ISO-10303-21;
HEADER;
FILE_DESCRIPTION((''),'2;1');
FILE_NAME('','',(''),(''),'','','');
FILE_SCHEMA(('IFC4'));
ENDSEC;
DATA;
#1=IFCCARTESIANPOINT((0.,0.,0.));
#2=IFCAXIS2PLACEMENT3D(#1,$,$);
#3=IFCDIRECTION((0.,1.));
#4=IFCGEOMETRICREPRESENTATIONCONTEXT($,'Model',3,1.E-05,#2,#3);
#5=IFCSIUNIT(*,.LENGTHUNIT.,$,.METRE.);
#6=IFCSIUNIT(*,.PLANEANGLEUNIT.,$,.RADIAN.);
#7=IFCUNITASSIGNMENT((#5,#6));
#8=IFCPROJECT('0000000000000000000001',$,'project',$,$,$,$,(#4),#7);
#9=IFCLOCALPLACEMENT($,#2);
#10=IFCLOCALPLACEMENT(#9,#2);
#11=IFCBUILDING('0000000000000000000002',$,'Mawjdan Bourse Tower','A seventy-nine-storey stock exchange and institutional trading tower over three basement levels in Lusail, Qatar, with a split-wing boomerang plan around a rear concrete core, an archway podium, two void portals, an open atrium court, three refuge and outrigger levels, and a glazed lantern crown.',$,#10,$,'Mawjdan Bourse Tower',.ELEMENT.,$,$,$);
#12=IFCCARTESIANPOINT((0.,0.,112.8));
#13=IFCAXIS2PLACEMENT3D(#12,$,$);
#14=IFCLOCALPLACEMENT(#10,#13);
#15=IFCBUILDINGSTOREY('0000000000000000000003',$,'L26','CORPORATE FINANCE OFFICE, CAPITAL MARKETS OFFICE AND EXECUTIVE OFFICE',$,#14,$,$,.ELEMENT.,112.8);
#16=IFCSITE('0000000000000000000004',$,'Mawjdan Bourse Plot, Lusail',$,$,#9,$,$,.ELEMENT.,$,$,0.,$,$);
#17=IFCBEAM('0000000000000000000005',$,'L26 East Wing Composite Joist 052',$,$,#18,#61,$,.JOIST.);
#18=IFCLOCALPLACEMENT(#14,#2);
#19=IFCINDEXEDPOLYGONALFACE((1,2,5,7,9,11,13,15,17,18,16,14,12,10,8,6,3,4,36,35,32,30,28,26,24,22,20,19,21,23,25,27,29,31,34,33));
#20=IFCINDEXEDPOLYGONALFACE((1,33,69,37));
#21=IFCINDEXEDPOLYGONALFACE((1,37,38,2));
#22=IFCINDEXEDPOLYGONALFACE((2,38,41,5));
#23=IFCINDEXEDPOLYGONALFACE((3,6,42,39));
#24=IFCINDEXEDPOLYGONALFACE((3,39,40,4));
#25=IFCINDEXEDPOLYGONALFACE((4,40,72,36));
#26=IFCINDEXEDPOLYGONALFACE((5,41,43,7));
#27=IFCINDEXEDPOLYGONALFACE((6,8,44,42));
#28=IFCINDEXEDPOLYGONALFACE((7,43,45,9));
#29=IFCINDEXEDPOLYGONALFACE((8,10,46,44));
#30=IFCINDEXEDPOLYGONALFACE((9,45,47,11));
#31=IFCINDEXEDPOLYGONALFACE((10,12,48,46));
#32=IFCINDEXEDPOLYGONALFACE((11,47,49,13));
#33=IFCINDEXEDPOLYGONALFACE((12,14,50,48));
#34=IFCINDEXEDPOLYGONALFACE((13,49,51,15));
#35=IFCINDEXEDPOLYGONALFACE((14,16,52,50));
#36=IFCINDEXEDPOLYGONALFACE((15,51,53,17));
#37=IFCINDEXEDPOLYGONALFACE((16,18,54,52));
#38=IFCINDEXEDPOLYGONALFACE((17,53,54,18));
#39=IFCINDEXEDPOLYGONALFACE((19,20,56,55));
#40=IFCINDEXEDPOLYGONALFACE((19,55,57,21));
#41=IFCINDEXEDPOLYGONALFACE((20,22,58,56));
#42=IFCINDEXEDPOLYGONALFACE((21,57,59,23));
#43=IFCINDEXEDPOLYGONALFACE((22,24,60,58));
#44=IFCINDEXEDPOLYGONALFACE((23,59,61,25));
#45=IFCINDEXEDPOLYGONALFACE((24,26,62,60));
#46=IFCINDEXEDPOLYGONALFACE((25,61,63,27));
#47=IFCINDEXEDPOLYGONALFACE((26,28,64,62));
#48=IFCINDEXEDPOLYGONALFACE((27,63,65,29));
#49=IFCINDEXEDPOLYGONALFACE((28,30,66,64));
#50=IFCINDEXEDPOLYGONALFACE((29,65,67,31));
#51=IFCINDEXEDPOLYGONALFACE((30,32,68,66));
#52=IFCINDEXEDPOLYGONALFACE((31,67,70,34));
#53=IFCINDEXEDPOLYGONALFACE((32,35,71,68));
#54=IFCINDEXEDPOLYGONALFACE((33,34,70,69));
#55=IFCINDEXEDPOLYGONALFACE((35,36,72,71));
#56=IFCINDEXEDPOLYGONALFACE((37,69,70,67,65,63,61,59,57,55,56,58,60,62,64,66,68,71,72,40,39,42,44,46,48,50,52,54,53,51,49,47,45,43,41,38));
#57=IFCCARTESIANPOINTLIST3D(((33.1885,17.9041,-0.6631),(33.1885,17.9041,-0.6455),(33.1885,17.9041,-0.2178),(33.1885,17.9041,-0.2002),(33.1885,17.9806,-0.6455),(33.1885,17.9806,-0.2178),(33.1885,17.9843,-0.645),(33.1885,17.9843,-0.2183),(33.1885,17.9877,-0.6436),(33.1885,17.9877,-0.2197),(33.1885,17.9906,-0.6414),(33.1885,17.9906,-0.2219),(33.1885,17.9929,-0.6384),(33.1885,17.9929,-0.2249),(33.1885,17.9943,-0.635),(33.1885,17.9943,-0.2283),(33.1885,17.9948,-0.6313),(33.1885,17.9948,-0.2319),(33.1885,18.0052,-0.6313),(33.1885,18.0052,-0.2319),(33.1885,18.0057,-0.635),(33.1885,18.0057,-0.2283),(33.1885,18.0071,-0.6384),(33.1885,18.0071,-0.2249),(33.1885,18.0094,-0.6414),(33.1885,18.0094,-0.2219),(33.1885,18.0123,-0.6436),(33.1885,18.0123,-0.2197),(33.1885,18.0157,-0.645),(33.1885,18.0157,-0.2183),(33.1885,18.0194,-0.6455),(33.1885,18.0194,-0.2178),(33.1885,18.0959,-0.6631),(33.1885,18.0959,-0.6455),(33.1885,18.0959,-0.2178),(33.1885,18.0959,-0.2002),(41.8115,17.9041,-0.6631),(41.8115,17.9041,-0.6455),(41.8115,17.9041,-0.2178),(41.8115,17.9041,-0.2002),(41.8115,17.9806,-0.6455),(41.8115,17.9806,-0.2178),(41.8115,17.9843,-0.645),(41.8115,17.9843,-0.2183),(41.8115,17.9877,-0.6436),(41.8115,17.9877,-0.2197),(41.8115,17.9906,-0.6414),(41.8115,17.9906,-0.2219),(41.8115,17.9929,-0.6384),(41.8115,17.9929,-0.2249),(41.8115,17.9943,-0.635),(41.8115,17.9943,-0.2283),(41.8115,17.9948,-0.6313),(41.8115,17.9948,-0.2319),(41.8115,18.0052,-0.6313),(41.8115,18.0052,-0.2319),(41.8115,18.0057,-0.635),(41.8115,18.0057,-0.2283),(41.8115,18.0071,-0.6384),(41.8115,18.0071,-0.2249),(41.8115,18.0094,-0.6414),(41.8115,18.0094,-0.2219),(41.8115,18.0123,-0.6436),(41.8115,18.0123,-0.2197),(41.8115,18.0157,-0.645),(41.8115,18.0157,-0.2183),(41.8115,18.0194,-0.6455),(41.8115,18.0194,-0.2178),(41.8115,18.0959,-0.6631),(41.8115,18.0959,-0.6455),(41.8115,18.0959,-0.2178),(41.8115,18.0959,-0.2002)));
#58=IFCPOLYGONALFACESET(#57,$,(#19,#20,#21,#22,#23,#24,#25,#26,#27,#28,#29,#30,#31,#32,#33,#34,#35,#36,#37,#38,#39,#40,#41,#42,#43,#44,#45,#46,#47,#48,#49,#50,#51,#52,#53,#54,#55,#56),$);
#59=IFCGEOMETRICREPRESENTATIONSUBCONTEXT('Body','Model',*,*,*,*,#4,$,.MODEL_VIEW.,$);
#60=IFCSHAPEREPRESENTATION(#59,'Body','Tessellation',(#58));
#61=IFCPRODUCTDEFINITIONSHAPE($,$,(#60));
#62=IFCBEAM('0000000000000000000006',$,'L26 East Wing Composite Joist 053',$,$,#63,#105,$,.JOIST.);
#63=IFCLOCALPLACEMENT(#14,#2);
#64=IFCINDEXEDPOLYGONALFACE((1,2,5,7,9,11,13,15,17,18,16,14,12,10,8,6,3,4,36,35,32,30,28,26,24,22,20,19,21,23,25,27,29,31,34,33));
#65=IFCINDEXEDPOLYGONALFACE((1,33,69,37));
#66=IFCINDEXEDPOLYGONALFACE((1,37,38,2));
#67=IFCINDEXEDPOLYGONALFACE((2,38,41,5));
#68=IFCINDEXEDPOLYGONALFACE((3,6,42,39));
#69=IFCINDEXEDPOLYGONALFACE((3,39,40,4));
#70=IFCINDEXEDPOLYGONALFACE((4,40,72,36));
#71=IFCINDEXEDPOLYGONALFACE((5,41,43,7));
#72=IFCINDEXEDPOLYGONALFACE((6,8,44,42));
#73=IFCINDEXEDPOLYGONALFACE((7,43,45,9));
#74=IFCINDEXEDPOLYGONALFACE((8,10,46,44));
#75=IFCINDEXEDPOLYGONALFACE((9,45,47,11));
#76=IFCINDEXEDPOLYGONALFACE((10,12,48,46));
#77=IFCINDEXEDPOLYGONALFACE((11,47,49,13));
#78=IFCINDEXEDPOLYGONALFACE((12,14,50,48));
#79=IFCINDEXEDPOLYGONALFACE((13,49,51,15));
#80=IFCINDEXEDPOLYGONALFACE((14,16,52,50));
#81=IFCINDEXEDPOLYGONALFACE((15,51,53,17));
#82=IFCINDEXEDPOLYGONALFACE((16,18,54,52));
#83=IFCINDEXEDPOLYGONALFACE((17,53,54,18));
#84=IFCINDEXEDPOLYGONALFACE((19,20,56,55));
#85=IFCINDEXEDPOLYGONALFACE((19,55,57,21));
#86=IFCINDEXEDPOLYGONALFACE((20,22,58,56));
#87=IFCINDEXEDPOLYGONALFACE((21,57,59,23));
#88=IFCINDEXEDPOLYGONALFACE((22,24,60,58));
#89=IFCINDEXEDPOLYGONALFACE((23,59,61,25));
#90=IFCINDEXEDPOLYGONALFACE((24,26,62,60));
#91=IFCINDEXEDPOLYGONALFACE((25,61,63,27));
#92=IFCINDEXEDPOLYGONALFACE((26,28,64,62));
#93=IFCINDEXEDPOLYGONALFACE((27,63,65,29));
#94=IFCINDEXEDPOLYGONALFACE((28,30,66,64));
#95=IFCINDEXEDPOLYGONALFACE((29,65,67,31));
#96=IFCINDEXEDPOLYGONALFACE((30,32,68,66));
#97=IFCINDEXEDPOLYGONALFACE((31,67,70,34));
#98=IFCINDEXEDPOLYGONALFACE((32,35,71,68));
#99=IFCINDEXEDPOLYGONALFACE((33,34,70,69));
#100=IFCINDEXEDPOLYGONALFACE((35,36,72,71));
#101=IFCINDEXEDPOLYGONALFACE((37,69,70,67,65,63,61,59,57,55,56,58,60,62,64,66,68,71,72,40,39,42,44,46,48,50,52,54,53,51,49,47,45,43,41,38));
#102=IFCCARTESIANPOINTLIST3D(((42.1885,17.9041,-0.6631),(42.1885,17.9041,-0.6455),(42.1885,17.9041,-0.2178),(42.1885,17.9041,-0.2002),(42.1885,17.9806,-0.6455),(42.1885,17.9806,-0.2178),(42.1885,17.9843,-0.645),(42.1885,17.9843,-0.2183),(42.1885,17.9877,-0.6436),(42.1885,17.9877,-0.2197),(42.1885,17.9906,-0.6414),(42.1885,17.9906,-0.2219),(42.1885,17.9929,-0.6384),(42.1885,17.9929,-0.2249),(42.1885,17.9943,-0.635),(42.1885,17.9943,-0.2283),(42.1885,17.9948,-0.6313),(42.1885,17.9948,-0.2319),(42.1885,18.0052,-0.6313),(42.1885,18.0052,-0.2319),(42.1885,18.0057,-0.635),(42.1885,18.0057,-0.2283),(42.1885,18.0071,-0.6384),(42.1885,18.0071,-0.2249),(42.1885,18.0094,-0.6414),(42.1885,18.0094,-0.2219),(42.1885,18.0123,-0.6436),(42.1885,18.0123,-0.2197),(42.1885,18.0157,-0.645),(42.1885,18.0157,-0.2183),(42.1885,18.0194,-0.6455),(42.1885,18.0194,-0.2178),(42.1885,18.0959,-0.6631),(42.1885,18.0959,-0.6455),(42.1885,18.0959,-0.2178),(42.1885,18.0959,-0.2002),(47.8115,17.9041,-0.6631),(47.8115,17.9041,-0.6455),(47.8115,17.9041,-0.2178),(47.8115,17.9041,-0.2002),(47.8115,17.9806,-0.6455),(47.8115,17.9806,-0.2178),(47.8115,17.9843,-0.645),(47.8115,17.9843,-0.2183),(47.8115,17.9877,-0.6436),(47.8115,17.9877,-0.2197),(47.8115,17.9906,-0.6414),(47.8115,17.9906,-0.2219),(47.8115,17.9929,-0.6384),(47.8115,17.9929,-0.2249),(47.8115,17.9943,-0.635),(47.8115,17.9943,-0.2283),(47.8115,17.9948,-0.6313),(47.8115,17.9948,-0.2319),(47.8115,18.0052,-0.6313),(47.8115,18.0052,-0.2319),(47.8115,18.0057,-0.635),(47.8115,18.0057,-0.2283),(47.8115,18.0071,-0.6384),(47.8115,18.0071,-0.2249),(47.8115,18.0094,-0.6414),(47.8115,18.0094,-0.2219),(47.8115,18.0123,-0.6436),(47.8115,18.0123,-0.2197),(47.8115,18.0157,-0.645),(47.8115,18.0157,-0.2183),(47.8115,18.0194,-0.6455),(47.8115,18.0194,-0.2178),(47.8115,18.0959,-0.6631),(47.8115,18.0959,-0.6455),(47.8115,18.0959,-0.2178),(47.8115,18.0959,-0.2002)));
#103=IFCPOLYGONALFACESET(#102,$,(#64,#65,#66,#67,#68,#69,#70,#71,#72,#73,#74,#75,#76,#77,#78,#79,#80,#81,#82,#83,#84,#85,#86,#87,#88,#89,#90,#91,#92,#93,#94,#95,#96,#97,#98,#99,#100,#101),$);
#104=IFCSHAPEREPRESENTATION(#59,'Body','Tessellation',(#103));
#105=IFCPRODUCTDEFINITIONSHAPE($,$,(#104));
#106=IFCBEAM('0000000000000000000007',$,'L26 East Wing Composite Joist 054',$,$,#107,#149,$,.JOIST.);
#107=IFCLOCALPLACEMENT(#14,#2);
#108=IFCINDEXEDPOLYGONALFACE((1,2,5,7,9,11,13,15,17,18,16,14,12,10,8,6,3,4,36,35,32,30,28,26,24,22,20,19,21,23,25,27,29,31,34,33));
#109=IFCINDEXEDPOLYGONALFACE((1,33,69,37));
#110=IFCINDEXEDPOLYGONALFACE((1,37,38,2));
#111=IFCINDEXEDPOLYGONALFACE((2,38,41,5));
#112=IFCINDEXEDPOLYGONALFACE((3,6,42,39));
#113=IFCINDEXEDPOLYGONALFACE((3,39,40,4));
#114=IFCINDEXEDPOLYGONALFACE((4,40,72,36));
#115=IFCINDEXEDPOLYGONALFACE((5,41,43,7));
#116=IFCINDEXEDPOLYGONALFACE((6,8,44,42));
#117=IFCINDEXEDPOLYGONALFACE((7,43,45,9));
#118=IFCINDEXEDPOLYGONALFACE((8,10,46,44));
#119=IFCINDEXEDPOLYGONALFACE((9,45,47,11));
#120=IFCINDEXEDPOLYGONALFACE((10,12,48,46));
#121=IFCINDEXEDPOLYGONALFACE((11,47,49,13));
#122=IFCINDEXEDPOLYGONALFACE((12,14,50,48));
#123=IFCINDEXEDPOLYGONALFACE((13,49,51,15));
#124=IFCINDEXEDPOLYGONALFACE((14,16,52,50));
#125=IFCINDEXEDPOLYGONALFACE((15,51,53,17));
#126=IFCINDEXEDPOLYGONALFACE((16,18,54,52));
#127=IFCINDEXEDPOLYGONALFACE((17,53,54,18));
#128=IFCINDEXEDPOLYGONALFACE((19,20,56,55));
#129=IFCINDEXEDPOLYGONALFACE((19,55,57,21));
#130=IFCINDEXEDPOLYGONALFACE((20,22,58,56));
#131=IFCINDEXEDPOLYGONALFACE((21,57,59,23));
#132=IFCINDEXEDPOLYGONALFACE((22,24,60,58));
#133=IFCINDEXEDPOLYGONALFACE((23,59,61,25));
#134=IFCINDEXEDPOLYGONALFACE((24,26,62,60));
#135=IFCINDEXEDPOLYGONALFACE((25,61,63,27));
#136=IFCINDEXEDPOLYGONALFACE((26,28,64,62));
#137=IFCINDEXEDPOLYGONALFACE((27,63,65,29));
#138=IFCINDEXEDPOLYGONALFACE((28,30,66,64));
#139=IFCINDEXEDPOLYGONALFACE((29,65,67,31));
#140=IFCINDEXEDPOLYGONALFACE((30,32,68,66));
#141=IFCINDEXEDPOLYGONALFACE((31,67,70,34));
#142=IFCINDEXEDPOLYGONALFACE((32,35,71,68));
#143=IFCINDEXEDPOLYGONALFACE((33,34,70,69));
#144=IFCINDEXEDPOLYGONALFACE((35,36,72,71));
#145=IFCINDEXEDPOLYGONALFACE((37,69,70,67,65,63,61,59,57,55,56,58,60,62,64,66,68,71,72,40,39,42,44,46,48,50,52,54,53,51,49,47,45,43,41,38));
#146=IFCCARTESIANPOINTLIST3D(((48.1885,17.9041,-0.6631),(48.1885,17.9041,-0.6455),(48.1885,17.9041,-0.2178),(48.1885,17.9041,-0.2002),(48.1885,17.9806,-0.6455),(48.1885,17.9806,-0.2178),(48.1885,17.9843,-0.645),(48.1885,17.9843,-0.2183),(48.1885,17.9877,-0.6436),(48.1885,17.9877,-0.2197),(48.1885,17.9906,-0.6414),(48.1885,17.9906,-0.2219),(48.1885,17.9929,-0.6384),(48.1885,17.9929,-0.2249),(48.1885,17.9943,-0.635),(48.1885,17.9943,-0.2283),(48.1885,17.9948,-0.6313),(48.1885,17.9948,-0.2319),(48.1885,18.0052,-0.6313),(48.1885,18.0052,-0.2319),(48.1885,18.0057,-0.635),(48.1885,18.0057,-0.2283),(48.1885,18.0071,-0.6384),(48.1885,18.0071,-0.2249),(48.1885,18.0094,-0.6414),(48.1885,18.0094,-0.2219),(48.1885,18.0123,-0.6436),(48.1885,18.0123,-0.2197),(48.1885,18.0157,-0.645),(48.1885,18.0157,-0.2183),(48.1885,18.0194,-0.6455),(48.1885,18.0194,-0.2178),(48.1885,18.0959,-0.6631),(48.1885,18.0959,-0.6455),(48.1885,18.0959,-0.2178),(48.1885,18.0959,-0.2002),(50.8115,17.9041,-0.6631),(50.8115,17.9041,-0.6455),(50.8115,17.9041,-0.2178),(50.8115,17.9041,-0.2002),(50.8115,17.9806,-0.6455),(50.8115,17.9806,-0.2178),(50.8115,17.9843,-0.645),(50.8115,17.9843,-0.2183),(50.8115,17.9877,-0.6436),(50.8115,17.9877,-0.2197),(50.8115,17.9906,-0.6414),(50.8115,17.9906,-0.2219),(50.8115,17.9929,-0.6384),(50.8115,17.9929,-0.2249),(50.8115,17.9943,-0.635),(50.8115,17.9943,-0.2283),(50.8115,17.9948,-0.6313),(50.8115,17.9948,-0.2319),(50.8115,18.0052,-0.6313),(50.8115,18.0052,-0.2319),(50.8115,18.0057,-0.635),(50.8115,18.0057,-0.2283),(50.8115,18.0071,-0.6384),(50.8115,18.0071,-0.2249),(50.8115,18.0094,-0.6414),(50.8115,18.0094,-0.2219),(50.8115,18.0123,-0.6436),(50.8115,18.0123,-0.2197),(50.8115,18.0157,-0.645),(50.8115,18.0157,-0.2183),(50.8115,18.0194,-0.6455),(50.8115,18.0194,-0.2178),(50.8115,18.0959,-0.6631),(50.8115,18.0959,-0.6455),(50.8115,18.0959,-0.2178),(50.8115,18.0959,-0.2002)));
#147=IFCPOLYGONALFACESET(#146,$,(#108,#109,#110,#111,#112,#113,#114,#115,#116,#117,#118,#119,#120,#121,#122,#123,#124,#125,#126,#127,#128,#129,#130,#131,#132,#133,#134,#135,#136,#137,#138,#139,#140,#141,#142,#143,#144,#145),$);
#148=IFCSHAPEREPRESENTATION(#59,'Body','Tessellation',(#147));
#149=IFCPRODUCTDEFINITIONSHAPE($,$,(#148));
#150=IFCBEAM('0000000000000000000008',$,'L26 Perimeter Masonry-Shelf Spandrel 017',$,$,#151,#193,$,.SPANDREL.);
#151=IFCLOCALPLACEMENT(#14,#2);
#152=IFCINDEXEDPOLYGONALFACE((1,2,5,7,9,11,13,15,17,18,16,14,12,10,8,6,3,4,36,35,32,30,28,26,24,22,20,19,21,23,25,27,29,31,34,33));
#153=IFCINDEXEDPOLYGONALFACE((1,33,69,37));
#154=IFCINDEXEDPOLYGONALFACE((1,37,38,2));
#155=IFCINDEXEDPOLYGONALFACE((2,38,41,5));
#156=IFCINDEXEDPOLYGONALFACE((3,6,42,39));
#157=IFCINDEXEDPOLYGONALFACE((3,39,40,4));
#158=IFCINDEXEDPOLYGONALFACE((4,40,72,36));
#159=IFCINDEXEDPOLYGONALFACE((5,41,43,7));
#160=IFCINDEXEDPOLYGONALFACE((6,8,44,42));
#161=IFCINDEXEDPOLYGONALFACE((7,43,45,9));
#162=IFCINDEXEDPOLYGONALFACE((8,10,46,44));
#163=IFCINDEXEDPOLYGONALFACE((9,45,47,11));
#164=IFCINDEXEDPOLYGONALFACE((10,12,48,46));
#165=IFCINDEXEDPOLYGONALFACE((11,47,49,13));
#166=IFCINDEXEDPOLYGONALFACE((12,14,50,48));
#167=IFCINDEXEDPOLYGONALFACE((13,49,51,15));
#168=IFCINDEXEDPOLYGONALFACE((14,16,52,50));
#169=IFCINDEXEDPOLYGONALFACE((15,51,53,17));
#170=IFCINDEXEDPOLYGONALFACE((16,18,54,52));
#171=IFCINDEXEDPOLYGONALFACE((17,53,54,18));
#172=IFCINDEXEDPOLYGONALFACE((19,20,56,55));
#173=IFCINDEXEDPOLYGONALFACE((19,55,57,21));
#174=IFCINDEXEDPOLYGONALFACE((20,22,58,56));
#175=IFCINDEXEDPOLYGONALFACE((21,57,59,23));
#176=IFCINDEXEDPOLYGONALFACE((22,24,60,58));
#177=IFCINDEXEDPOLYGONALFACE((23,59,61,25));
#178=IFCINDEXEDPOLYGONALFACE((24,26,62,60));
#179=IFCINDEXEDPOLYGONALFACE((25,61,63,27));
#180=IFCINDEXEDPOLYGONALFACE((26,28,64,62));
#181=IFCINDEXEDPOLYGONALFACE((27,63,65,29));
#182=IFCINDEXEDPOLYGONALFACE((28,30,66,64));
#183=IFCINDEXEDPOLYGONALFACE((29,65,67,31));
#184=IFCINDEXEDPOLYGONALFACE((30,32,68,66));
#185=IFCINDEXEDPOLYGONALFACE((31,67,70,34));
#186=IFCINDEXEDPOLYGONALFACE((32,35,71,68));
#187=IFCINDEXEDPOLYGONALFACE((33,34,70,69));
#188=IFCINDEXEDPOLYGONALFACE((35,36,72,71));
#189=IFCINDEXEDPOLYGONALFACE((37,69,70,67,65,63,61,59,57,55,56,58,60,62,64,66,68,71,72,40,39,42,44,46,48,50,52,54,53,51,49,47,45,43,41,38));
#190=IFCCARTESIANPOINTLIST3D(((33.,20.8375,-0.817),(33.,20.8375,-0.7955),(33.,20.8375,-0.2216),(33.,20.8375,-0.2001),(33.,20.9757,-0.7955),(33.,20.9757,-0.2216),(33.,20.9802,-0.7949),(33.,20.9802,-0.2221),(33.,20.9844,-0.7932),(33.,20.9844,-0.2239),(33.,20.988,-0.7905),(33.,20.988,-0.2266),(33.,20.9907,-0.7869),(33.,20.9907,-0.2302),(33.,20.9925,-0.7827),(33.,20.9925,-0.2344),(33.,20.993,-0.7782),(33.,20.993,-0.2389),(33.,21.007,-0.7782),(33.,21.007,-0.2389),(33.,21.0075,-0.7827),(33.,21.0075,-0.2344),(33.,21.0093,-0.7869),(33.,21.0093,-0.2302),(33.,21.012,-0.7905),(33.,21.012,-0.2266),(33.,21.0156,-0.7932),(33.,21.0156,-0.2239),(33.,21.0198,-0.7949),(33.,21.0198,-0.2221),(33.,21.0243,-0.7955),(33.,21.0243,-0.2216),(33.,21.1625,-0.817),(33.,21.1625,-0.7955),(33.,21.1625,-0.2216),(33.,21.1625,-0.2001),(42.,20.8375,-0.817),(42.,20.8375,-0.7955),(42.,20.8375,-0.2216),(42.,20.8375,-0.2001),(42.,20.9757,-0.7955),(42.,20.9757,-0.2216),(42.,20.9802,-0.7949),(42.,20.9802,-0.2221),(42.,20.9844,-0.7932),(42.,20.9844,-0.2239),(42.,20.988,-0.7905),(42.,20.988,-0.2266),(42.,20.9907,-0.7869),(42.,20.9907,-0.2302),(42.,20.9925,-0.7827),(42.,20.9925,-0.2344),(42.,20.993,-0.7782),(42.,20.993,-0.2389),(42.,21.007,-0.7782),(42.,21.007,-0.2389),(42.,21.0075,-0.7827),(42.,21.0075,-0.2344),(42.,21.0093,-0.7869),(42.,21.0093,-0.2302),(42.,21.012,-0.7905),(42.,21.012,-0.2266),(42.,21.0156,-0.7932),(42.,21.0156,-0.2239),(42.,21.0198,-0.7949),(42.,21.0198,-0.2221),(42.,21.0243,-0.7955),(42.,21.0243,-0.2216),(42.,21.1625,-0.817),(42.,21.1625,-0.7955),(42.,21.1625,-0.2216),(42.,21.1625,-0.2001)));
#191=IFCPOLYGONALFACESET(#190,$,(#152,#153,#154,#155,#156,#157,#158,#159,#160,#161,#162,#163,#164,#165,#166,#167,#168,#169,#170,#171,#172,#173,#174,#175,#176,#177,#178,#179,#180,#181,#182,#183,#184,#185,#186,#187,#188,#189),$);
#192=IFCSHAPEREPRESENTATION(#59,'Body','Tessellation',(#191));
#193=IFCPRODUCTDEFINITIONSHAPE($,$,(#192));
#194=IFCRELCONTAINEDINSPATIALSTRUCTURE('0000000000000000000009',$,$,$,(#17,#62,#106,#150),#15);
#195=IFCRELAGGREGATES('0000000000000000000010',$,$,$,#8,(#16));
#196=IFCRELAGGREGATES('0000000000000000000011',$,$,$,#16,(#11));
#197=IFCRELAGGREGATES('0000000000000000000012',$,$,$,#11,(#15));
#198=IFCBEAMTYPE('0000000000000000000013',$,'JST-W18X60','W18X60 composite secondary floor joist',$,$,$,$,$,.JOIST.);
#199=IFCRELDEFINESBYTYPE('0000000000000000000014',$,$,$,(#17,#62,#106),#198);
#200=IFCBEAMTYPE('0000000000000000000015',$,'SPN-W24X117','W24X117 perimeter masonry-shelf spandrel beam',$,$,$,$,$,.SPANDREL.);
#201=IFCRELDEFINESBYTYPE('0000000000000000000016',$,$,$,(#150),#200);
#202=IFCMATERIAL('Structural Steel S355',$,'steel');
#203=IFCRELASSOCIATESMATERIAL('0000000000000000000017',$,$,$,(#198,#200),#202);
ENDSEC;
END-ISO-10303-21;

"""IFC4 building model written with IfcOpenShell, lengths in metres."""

from ifc_helpers import new_model, si_unit, direction, frame, origin, origin_2d, place, context, subcontext, project, spatial, i_section, extrude, material, material_profile, profile_set, type_object, element, save


model = new_model("IFC4")

# Units and contexts
model_context = context("Model", 3, precision=1e-05, world=origin(), true_north=direction((0.0, 1.0)))
body_context = subcontext(model_context, "Body", "Model", "MODEL_VIEW")
ifc_project = project(units=[si_unit("LENGTHUNIT", "METRE"), si_unit("PLANEANGLEUNIT", "RADIAN")], contexts=[model_context])

# Site, building, storey
site_placement = place(None, origin())
site = spatial("IfcSite", under=ifc_project, at=site_placement, Name="Mawjdan Bourse Plot, Lusail", CompositionType="ELEMENT", RefElevation=0.0)
building_placement = place(site_placement, origin())
building = spatial("IfcBuilding", under=site, at=building_placement, Name="Mawjdan Bourse Tower", Description="A seventy-nine-storey stock exchange and institutional trading tower over three basement levels in Lusail, Qatar, with a split-wing boomerang plan around a rear concrete core, an archway podium, two void portals, an open atrium court, three refuge and outrigger levels, and a glazed lantern crown.", LongName="Mawjdan Bourse Tower", CompositionType="ELEMENT")
storey_placement = place(building_placement, frame((0.0, 0.0, 112.8)))
storey = spatial("IfcBuildingStorey", under=building, at=storey_placement, Name="L26", Description="CORPORATE FINANCE OFFICE, CAPITAL MARKETS OFFICE AND EXECUTIVE OFFICE", CompositionType="ELEMENT", Elevation=112.8)

# Beams
ifc_material_1 = material(Name="Structural Steel S355", Category="steel")
ifc_material_profile_1 = material_profile(ifc_material_1, i_section(OverallWidth=0.1919, OverallDepth=0.4629, WebThickness=0.0105, FlangeThickness=0.0176, FilletRadius=0.0142, at=origin_2d()), Name="W18X60")
ifc_profile_set_1 = profile_set([ifc_material_profile_1], Name="Structural Steel S355")
beam_type_1 = type_object("IfcBeamType", Name="JST-W18X60", Description="W18X60 composite secondary floor joist", PredefinedType="JOIST", material=ifc_profile_set_1)
beam_1_placement = place(storey_placement, frame((33.1885, 18.0, -0.4316), z_axis=(1.0, 0.0, 0.0), x_axis=(0.0, 1.0, 0.0)))
element("IfcBeam", 1, at=beam_1_placement, inside=storey, type_object=beam_type_1, Name="L26 East Wing Composite Joist 052", PredefinedType="JOIST", context=body_context, shape_type="SweptSolid", body=[
    extrude(i_section(OverallWidth=0.1919, OverallDepth=0.4629, WebThickness=0.0105, FlangeThickness=0.0176, FilletRadius=0.0142, at=origin_2d()), origin(), (0.0, 0.0, 1.0), 8.623),
])
beam_2_placement = place(storey_placement, frame((42.1885, 18.0, -0.4316), z_axis=(1.0, 0.0, 0.0), x_axis=(0.0, 1.0, 0.0)))
element("IfcBeam", 2, at=beam_2_placement, inside=storey, type_object=beam_type_1, Name="L26 East Wing Composite Joist 053", PredefinedType="JOIST", context=body_context, shape_type="SweptSolid", body=[
    extrude(i_section(OverallWidth=0.1919, OverallDepth=0.4629, WebThickness=0.0105, FlangeThickness=0.0176, FilletRadius=0.0142, at=origin_2d()), origin(), (0.0, 0.0, 1.0), 5.623),
])
beam_3_placement = place(storey_placement, frame((48.1885, 18.0, -0.4316), z_axis=(1.0, 0.0, 0.0), x_axis=(0.0, 1.0, 0.0)))
element("IfcBeam", 3, at=beam_3_placement, inside=storey, type_object=beam_type_1, Name="L26 East Wing Composite Joist 054", PredefinedType="JOIST", context=body_context, shape_type="SweptSolid", body=[
    extrude(i_section(OverallWidth=0.1919, OverallDepth=0.4629, WebThickness=0.0105, FlangeThickness=0.0176, FilletRadius=0.0142, at=origin_2d()), origin(), (0.0, 0.0, 1.0), 2.623),
])
ifc_material_profile_2 = material_profile(ifc_material_1, i_section(OverallWidth=0.325, OverallDepth=0.6169, WebThickness=0.0139, FlangeThickness=0.0215, FilletRadius=0.0173, at=origin_2d()), Name="W24X117")
ifc_profile_set_2 = profile_set([ifc_material_profile_2], Name="Structural Steel S355")
beam_type_2 = type_object("IfcBeamType", Name="SPN-W24X117", Description="W24X117 perimeter masonry-shelf spandrel beam", PredefinedType="SPANDREL", material=ifc_profile_set_2)
beam_4_placement = place(storey_placement, frame((33.0, 21.0, -0.5085), z_axis=(1.0, 0.0, 0.0), x_axis=(0.0, 1.0, 0.0)))
element("IfcBeam", 4, at=beam_4_placement, inside=storey, type_object=beam_type_2, Name="L26 Perimeter Masonry-Shelf Spandrel 017", PredefinedType="SPANDREL", context=body_context, shape_type="SweptSolid", body=[
    extrude(i_section(OverallWidth=0.325, OverallDepth=0.6169, WebThickness=0.0139, FlangeThickness=0.0215, FilletRadius=0.0173, at=origin_2d()), origin(), (0.0, 0.0, 1.0), 9.0),
])

save(model, "model.ifc")
